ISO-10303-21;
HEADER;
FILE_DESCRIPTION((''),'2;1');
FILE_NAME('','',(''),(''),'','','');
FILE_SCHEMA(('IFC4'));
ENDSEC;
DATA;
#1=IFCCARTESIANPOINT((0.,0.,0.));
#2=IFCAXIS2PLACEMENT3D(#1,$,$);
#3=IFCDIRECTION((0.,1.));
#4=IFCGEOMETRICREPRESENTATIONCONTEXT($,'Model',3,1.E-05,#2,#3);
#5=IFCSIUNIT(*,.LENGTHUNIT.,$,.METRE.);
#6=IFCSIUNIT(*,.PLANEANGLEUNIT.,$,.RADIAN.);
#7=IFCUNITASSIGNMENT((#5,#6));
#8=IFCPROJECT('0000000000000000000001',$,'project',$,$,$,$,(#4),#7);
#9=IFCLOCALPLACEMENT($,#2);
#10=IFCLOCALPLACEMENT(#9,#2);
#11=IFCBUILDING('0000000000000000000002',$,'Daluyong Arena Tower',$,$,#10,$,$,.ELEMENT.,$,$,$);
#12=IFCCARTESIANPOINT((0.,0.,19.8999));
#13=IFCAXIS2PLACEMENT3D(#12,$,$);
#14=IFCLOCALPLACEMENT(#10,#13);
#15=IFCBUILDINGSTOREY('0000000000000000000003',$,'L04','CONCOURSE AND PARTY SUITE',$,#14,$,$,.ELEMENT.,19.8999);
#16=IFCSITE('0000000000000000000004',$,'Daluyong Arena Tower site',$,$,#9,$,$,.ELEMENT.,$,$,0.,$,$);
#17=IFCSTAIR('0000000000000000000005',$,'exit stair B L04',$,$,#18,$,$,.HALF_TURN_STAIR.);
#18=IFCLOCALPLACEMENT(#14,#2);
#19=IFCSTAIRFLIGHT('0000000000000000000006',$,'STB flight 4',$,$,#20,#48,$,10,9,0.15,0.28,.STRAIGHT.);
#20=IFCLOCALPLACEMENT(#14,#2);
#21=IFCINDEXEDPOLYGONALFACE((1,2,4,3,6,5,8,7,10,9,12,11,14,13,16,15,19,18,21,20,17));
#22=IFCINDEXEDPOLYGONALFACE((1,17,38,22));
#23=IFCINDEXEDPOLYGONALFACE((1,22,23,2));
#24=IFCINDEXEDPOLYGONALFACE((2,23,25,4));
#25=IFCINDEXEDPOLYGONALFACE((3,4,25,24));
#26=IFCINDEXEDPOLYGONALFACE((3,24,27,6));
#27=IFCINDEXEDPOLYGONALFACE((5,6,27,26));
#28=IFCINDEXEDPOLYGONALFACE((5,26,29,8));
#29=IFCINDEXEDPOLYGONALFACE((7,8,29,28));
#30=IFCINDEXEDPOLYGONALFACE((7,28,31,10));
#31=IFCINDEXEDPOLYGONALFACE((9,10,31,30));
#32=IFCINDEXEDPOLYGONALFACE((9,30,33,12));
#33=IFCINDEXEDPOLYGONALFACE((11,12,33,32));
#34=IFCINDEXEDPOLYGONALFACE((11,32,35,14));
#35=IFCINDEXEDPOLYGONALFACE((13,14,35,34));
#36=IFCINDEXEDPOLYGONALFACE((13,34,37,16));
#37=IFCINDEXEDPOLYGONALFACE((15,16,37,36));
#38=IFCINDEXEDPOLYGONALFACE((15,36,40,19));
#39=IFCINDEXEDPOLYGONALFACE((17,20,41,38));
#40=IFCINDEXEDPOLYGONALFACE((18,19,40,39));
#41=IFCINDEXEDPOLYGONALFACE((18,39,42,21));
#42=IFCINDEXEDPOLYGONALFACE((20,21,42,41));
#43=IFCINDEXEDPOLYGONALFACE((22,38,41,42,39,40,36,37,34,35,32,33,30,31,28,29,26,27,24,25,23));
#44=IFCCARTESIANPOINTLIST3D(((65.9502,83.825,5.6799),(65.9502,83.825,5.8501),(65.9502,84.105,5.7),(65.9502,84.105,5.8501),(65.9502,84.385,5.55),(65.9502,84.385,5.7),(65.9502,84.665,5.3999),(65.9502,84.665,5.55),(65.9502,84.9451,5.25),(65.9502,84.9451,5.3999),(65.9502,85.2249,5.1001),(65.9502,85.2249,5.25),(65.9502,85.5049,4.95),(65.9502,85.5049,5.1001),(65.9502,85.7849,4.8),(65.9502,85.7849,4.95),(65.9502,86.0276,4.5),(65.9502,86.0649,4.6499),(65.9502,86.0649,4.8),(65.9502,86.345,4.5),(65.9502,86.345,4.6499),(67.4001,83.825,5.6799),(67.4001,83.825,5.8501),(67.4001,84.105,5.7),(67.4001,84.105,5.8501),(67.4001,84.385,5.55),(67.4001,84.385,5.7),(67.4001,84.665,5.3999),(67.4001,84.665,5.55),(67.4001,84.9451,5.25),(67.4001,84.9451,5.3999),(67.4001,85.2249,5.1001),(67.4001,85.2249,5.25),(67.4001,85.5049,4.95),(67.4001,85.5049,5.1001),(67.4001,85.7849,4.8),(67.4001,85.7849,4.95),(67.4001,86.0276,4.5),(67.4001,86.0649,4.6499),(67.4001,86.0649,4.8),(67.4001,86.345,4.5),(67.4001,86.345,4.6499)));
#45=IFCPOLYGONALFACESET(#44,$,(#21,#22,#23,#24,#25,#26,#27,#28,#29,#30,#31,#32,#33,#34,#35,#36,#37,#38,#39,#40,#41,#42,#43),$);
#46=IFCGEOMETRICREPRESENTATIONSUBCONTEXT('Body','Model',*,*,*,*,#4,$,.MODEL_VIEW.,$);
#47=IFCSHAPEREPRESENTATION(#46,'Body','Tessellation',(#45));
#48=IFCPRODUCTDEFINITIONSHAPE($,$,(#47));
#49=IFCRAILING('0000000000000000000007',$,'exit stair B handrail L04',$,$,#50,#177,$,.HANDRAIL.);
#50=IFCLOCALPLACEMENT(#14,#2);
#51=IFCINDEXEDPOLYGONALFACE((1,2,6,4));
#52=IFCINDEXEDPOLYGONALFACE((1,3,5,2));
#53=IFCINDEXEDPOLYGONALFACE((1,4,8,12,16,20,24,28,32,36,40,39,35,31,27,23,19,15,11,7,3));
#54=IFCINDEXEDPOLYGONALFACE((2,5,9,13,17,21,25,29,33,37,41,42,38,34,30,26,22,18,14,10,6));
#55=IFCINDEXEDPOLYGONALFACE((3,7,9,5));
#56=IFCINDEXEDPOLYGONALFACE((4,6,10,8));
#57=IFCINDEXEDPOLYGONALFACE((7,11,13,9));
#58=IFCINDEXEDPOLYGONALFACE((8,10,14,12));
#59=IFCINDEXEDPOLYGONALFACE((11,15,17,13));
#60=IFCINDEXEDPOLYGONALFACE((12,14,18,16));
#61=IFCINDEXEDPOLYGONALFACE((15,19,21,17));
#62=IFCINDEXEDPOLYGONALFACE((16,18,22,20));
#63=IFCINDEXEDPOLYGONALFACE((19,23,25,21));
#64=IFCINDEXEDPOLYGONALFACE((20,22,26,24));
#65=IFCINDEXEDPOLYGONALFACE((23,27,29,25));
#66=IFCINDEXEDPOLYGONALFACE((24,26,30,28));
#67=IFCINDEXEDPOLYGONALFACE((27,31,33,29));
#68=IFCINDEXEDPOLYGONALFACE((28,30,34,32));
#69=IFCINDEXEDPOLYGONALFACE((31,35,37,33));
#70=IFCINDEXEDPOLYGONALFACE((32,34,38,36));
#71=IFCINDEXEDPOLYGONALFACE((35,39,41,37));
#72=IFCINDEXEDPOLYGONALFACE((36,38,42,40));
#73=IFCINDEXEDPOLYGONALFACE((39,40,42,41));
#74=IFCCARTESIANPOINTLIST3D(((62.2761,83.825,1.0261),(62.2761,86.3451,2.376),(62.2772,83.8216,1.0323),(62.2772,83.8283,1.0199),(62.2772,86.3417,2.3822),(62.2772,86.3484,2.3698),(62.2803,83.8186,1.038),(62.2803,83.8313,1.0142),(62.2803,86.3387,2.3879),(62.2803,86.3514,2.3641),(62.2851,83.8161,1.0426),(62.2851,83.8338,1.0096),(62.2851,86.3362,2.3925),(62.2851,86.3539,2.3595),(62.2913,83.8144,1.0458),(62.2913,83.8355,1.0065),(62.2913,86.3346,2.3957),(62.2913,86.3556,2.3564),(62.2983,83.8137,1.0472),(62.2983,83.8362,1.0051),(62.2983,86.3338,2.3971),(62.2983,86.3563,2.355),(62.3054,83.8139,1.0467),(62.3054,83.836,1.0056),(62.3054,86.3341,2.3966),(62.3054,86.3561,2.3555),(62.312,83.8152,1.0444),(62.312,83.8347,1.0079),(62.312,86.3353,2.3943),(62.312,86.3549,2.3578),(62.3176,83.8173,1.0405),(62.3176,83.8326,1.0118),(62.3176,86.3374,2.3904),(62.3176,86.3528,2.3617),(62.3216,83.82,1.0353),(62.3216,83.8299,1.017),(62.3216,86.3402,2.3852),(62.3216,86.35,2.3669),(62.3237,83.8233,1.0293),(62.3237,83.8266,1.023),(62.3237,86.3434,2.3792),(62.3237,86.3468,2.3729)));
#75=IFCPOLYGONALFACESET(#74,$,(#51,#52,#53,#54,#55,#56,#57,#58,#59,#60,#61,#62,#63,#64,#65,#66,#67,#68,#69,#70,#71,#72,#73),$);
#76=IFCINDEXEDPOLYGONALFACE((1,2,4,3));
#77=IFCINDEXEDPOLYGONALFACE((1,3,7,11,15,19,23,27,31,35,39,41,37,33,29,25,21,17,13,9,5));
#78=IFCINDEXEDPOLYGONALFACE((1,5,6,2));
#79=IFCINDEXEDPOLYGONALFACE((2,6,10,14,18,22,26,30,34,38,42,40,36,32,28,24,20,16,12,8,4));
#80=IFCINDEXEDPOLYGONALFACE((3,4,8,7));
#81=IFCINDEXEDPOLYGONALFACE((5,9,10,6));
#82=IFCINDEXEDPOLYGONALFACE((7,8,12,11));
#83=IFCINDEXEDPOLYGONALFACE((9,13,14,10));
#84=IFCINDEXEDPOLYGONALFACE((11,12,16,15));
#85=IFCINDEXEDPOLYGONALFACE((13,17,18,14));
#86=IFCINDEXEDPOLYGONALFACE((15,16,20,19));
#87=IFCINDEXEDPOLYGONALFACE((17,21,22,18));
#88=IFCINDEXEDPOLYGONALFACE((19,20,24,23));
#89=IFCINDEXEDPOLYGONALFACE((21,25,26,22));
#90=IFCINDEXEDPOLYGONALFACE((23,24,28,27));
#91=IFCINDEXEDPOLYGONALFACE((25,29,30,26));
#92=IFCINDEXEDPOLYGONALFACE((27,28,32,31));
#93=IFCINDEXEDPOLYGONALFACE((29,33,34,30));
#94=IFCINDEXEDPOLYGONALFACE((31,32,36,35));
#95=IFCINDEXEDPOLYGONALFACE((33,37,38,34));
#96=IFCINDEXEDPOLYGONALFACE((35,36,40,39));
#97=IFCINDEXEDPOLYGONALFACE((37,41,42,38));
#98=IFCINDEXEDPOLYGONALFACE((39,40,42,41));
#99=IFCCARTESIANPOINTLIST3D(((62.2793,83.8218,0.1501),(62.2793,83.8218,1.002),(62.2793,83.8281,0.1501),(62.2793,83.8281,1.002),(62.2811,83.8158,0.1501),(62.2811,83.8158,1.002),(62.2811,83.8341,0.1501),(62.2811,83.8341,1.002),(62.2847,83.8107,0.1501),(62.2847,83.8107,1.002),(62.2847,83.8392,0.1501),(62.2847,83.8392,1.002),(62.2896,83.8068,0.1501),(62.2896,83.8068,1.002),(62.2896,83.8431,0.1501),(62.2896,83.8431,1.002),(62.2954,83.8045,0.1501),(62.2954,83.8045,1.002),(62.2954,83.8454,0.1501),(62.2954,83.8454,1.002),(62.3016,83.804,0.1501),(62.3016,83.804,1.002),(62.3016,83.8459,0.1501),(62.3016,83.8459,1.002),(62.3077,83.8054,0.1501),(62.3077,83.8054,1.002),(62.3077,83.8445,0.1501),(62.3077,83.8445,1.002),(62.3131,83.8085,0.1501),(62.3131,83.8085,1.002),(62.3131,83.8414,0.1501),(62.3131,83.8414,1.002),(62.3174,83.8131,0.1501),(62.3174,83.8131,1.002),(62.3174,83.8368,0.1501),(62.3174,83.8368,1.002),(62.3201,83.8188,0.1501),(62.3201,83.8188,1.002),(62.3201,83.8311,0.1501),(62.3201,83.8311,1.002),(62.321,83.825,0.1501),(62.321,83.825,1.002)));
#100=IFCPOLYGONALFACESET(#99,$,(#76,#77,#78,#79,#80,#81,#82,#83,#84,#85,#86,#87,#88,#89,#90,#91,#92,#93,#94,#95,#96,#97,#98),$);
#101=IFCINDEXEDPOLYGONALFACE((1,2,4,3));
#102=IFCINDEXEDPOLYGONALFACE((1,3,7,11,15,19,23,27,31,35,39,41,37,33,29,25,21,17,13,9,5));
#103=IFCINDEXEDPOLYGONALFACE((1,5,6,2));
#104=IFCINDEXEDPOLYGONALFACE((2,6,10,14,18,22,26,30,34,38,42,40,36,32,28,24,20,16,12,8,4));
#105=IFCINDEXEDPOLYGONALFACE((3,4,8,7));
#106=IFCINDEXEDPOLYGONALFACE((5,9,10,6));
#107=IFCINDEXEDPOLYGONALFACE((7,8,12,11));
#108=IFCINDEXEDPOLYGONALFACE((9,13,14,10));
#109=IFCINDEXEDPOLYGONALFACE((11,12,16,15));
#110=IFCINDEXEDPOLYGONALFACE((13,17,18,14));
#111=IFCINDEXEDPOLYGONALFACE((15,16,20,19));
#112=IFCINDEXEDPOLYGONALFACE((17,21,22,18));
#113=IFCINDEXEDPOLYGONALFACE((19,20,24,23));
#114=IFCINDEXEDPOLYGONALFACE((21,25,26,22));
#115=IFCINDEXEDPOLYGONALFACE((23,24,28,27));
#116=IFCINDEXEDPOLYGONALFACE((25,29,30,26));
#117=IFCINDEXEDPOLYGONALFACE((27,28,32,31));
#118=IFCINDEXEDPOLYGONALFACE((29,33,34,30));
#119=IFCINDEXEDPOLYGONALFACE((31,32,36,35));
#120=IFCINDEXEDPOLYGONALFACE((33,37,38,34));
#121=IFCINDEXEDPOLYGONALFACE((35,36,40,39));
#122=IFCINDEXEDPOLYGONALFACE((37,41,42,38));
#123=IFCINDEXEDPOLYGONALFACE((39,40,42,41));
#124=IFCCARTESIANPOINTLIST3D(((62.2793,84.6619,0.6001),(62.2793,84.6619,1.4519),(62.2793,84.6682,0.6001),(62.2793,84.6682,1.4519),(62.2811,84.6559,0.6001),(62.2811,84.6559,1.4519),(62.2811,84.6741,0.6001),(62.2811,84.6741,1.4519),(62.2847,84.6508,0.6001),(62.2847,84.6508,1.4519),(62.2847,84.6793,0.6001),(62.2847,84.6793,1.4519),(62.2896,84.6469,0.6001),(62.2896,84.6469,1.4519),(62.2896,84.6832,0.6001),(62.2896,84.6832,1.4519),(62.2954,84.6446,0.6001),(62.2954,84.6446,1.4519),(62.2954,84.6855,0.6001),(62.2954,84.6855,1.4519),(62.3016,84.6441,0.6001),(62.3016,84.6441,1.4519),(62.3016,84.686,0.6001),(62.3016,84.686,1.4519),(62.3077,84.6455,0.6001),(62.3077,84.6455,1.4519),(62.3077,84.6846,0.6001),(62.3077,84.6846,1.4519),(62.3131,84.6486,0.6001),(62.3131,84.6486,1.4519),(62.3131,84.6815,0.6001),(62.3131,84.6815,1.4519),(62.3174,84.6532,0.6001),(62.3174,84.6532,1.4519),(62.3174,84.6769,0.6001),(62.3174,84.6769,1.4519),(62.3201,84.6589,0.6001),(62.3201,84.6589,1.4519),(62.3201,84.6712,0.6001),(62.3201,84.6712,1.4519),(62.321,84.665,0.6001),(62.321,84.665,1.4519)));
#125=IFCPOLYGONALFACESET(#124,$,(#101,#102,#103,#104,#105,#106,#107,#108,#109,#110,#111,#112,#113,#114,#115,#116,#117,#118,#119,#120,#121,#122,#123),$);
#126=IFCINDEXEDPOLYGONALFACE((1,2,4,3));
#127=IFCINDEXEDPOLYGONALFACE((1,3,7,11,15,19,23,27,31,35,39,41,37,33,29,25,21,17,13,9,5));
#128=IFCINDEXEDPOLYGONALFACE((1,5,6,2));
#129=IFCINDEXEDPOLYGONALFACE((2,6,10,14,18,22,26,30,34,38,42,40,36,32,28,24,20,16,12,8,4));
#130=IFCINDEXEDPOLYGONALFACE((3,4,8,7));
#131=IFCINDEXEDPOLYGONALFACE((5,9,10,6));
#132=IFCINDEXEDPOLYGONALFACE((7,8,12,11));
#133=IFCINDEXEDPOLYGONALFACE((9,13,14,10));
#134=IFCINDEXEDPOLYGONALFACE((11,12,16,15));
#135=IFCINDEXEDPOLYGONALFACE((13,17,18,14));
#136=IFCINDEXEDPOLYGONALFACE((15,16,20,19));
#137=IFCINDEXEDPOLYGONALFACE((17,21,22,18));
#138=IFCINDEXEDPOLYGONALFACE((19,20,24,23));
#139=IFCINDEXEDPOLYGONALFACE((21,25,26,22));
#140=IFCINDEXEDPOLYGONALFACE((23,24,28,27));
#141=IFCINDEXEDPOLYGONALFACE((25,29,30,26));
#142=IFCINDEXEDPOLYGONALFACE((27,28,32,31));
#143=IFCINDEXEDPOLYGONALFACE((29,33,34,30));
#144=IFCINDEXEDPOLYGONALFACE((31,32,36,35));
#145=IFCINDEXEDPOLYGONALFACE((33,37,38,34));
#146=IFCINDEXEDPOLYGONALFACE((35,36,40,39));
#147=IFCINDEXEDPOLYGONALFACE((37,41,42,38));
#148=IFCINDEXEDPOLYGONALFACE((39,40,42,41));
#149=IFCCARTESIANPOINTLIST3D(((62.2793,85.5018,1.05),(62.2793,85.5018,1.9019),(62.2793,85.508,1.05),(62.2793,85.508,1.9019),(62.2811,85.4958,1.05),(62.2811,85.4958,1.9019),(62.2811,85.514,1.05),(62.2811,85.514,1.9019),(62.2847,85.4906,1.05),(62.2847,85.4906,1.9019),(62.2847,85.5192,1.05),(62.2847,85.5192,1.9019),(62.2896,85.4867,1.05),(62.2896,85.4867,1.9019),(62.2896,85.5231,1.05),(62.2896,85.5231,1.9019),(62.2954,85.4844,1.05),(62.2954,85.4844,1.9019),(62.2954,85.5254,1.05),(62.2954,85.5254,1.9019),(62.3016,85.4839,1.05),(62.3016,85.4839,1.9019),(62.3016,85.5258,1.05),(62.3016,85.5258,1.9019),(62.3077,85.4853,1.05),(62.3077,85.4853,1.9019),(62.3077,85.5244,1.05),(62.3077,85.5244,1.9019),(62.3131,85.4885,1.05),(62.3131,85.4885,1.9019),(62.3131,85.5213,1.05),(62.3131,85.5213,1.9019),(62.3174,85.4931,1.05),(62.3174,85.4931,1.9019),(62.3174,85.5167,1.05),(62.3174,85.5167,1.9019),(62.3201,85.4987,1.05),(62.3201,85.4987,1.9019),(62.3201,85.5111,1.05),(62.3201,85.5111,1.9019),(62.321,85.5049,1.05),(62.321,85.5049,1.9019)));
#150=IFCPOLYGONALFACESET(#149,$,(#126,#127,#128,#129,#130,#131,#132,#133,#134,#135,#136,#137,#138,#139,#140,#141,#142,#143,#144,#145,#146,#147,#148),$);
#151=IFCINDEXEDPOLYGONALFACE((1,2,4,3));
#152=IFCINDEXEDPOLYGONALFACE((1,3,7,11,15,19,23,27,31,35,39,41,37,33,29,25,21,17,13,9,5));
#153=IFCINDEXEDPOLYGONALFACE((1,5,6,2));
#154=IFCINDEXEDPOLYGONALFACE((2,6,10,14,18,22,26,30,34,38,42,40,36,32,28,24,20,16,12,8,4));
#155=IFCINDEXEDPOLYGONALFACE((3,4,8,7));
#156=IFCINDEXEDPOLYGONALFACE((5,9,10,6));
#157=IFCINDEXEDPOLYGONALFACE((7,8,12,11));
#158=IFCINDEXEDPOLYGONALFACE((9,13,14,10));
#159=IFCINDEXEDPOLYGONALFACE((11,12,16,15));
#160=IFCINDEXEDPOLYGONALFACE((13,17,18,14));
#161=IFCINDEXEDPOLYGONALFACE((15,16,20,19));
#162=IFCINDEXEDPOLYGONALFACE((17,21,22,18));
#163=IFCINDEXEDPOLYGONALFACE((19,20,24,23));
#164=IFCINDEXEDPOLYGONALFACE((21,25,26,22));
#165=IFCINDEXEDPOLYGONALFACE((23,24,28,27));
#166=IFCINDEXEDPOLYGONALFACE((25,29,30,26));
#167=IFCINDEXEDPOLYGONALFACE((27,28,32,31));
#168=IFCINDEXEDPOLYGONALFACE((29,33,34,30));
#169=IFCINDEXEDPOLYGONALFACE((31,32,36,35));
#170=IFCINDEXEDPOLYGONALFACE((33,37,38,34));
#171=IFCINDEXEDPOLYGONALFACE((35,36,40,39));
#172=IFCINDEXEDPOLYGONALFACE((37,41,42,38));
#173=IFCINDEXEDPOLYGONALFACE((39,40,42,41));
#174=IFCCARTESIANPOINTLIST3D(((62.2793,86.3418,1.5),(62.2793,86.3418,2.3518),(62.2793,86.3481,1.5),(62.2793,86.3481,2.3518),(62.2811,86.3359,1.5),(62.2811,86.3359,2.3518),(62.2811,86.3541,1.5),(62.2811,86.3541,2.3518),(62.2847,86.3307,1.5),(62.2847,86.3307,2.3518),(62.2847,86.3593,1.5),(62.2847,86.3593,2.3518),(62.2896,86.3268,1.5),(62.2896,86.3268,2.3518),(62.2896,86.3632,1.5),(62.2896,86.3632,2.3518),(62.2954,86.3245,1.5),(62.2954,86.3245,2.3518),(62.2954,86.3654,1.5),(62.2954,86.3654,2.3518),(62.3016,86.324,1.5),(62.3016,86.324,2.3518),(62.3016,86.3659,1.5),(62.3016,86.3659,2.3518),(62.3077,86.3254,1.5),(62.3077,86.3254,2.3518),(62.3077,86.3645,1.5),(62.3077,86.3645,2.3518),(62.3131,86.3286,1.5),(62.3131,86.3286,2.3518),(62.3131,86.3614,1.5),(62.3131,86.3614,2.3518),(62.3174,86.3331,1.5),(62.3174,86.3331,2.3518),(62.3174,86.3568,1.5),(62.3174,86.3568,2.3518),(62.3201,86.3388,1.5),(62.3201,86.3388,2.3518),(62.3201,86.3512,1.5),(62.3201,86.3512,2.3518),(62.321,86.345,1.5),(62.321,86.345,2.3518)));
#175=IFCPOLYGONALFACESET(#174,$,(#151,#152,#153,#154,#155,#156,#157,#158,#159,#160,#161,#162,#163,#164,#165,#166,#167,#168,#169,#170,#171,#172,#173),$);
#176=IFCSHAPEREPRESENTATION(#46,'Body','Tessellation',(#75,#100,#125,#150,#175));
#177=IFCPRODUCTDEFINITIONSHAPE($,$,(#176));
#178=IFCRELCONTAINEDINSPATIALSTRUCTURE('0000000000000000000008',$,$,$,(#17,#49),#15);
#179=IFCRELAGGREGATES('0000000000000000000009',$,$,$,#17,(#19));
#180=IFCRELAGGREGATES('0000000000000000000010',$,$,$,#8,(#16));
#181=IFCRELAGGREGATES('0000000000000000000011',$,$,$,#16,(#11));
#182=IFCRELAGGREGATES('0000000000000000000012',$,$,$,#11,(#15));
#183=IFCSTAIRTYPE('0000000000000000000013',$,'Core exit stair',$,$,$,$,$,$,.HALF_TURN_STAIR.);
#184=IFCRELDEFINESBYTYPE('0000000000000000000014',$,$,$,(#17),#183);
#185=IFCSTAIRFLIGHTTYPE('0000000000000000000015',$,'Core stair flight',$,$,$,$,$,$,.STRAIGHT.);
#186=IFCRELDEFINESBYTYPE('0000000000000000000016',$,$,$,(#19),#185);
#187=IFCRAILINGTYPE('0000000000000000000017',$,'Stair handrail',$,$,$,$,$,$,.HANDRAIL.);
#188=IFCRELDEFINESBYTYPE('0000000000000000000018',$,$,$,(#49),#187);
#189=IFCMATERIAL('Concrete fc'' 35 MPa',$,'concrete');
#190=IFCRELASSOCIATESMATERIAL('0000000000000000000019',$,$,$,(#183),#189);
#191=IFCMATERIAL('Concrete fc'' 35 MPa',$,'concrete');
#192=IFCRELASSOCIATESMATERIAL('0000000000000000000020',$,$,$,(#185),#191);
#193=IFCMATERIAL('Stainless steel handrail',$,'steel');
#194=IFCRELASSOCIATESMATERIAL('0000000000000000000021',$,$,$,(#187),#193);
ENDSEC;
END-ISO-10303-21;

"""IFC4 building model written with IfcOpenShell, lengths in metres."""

from ifc_helpers import new_model, si_unit, direction, frame, origin, origin_2d, place, context, subcontext, project, spatial, polyline, circle, outline, extrude, material, type_object, element, aggregate, save


model = new_model("IFC4")

# Units and contexts
model_context = context("Model", 3, precision=1e-05, world=origin(), true_north=direction((0.0, 1.0)))
body_context = subcontext(model_context, "Body", "Model", "MODEL_VIEW")
ifc_project = project(units=[si_unit("LENGTHUNIT", "METRE"), si_unit("PLANEANGLEUNIT", "RADIAN")], contexts=[model_context])

# Site, building, storey
site_placement = place(None, origin())
site = spatial("IfcSite", under=ifc_project, at=site_placement, Name="Daluyong Arena Tower site", CompositionType="ELEMENT", RefElevation=0.0)
building_placement = place(site_placement, origin())
building = spatial("IfcBuilding", under=site, at=building_placement, Name="Daluyong Arena Tower", CompositionType="ELEMENT")
storey_placement = place(building_placement, frame((0.0, 0.0, 19.8999)))
storey = spatial("IfcBuildingStorey", under=building, at=storey_placement, Name="L04", Description="CONCOURSE AND PARTY SUITE", CompositionType="ELEMENT", Elevation=19.8999)

# Stair, stair flight
ifc_material_1 = material(Name="Concrete fc' 35 MPa", Category="concrete")
stair_type = type_object("IfcStairType", Name="Core exit stair", PredefinedType="HALF_TURN_STAIR", material=ifc_material_1)
stair_placement = place(storey_placement, origin())
stair = element("IfcStair", 1, at=stair_placement, inside=storey, type_object=stair_type, Name="exit stair B L04", PredefinedType="HALF_TURN_STAIR")
ifc_material_2 = material(Name="Concrete fc' 35 MPa", Category="concrete")
stair_flight_type = type_object("IfcStairFlightType", Name="Core stair flight", PredefinedType="STRAIGHT", material=ifc_material_2)
stair_flight_1_placement = place(storey_placement, frame((66.675, 86.345, 4.5), z_axis=(0.0, 0.0, 1.0), x_axis=(0.0, -1.0, 0.0)))
stair_flight_1 = element("IfcStairFlight", 2, at=stair_flight_1_placement, type_object=stair_flight_type, Name="STB flight 4", NumberOfRisers=10, NumberOfTreads=9, PredefinedType="STRAIGHT", RiserHeight=0.15, TreadLength=0.28, context=body_context, shape_type="SweptSolid", body=[
    extrude(outline(polyline([(0.0, 0.0), (0.0, 0.1499), (0.28, 0.1499), (0.28, 0.3), (0.5601, 0.3), (0.5601, 0.45), (0.8401, 0.45), (0.8401, 0.6001), (1.1201, 0.6001), (1.1201, 0.75), (1.3999, 0.75), (1.3999, 0.8999), (1.6799, 0.8999), (1.6799, 1.05), (1.96, 1.05), (1.96, 1.2), (2.24, 1.2), (2.24, 1.3501), (2.52, 1.3501), (2.52, 1.5), (2.52, 1.1799), (0.3174, 0.0), (0.0, 0.0)])), frame((0.0, 0.7251, 0.0), z_axis=(0.0, -1.0, 0.0), x_axis=(1.0, 0.0, 0.0)), (0.0, 0.0, 1.0), 1.45),
])
aggregate(stair, [stair_flight_1])

# Railing
ifc_material_3 = material(Name="Stainless steel handrail", Category="steel")
railing_type_1 = type_object("IfcRailingType", Name="Stair handrail", PredefinedType="HANDRAIL", material=ifc_material_3)
railing_1_placement = place(storey_placement, frame((62.3, 83.825, 0.1501)))
element("IfcRailing", 3, at=railing_1_placement, inside=storey, type_object=railing_type_1, Name="exit stair B handrail L04", PredefinedType="HANDRAIL", context=body_context, shape_type="SweptSolid", body=[
    extrude(circle(Radius=0.0239, at=origin_2d()), frame((0.0, 0.0, 0.876), z_axis=(0.0, 0.881503, 0.472179), x_axis=(-1.0, 0.0, 0.0)), (0.0, 0.0, 1.0), 2.8589),
    extrude(circle(Radius=0.021, at=origin_2d()), origin(), (0.0, 0.0, 1.0), 0.8518),
    extrude(circle(Radius=0.021, at=origin_2d()), frame((0.0, 0.8401, 0.45)), (0.0, 0.0, 1.0), 0.8518),
    extrude(circle(Radius=0.021, at=origin_2d()), frame((0.0, 1.6799, 0.8999)), (0.0, 0.0, 1.0), 0.8518),
    extrude(circle(Radius=0.021, at=origin_2d()), frame((0.0, 2.52, 1.3499)), (0.0, 0.0, 1.0), 0.8518),
])

save(model, "model.ifc")
